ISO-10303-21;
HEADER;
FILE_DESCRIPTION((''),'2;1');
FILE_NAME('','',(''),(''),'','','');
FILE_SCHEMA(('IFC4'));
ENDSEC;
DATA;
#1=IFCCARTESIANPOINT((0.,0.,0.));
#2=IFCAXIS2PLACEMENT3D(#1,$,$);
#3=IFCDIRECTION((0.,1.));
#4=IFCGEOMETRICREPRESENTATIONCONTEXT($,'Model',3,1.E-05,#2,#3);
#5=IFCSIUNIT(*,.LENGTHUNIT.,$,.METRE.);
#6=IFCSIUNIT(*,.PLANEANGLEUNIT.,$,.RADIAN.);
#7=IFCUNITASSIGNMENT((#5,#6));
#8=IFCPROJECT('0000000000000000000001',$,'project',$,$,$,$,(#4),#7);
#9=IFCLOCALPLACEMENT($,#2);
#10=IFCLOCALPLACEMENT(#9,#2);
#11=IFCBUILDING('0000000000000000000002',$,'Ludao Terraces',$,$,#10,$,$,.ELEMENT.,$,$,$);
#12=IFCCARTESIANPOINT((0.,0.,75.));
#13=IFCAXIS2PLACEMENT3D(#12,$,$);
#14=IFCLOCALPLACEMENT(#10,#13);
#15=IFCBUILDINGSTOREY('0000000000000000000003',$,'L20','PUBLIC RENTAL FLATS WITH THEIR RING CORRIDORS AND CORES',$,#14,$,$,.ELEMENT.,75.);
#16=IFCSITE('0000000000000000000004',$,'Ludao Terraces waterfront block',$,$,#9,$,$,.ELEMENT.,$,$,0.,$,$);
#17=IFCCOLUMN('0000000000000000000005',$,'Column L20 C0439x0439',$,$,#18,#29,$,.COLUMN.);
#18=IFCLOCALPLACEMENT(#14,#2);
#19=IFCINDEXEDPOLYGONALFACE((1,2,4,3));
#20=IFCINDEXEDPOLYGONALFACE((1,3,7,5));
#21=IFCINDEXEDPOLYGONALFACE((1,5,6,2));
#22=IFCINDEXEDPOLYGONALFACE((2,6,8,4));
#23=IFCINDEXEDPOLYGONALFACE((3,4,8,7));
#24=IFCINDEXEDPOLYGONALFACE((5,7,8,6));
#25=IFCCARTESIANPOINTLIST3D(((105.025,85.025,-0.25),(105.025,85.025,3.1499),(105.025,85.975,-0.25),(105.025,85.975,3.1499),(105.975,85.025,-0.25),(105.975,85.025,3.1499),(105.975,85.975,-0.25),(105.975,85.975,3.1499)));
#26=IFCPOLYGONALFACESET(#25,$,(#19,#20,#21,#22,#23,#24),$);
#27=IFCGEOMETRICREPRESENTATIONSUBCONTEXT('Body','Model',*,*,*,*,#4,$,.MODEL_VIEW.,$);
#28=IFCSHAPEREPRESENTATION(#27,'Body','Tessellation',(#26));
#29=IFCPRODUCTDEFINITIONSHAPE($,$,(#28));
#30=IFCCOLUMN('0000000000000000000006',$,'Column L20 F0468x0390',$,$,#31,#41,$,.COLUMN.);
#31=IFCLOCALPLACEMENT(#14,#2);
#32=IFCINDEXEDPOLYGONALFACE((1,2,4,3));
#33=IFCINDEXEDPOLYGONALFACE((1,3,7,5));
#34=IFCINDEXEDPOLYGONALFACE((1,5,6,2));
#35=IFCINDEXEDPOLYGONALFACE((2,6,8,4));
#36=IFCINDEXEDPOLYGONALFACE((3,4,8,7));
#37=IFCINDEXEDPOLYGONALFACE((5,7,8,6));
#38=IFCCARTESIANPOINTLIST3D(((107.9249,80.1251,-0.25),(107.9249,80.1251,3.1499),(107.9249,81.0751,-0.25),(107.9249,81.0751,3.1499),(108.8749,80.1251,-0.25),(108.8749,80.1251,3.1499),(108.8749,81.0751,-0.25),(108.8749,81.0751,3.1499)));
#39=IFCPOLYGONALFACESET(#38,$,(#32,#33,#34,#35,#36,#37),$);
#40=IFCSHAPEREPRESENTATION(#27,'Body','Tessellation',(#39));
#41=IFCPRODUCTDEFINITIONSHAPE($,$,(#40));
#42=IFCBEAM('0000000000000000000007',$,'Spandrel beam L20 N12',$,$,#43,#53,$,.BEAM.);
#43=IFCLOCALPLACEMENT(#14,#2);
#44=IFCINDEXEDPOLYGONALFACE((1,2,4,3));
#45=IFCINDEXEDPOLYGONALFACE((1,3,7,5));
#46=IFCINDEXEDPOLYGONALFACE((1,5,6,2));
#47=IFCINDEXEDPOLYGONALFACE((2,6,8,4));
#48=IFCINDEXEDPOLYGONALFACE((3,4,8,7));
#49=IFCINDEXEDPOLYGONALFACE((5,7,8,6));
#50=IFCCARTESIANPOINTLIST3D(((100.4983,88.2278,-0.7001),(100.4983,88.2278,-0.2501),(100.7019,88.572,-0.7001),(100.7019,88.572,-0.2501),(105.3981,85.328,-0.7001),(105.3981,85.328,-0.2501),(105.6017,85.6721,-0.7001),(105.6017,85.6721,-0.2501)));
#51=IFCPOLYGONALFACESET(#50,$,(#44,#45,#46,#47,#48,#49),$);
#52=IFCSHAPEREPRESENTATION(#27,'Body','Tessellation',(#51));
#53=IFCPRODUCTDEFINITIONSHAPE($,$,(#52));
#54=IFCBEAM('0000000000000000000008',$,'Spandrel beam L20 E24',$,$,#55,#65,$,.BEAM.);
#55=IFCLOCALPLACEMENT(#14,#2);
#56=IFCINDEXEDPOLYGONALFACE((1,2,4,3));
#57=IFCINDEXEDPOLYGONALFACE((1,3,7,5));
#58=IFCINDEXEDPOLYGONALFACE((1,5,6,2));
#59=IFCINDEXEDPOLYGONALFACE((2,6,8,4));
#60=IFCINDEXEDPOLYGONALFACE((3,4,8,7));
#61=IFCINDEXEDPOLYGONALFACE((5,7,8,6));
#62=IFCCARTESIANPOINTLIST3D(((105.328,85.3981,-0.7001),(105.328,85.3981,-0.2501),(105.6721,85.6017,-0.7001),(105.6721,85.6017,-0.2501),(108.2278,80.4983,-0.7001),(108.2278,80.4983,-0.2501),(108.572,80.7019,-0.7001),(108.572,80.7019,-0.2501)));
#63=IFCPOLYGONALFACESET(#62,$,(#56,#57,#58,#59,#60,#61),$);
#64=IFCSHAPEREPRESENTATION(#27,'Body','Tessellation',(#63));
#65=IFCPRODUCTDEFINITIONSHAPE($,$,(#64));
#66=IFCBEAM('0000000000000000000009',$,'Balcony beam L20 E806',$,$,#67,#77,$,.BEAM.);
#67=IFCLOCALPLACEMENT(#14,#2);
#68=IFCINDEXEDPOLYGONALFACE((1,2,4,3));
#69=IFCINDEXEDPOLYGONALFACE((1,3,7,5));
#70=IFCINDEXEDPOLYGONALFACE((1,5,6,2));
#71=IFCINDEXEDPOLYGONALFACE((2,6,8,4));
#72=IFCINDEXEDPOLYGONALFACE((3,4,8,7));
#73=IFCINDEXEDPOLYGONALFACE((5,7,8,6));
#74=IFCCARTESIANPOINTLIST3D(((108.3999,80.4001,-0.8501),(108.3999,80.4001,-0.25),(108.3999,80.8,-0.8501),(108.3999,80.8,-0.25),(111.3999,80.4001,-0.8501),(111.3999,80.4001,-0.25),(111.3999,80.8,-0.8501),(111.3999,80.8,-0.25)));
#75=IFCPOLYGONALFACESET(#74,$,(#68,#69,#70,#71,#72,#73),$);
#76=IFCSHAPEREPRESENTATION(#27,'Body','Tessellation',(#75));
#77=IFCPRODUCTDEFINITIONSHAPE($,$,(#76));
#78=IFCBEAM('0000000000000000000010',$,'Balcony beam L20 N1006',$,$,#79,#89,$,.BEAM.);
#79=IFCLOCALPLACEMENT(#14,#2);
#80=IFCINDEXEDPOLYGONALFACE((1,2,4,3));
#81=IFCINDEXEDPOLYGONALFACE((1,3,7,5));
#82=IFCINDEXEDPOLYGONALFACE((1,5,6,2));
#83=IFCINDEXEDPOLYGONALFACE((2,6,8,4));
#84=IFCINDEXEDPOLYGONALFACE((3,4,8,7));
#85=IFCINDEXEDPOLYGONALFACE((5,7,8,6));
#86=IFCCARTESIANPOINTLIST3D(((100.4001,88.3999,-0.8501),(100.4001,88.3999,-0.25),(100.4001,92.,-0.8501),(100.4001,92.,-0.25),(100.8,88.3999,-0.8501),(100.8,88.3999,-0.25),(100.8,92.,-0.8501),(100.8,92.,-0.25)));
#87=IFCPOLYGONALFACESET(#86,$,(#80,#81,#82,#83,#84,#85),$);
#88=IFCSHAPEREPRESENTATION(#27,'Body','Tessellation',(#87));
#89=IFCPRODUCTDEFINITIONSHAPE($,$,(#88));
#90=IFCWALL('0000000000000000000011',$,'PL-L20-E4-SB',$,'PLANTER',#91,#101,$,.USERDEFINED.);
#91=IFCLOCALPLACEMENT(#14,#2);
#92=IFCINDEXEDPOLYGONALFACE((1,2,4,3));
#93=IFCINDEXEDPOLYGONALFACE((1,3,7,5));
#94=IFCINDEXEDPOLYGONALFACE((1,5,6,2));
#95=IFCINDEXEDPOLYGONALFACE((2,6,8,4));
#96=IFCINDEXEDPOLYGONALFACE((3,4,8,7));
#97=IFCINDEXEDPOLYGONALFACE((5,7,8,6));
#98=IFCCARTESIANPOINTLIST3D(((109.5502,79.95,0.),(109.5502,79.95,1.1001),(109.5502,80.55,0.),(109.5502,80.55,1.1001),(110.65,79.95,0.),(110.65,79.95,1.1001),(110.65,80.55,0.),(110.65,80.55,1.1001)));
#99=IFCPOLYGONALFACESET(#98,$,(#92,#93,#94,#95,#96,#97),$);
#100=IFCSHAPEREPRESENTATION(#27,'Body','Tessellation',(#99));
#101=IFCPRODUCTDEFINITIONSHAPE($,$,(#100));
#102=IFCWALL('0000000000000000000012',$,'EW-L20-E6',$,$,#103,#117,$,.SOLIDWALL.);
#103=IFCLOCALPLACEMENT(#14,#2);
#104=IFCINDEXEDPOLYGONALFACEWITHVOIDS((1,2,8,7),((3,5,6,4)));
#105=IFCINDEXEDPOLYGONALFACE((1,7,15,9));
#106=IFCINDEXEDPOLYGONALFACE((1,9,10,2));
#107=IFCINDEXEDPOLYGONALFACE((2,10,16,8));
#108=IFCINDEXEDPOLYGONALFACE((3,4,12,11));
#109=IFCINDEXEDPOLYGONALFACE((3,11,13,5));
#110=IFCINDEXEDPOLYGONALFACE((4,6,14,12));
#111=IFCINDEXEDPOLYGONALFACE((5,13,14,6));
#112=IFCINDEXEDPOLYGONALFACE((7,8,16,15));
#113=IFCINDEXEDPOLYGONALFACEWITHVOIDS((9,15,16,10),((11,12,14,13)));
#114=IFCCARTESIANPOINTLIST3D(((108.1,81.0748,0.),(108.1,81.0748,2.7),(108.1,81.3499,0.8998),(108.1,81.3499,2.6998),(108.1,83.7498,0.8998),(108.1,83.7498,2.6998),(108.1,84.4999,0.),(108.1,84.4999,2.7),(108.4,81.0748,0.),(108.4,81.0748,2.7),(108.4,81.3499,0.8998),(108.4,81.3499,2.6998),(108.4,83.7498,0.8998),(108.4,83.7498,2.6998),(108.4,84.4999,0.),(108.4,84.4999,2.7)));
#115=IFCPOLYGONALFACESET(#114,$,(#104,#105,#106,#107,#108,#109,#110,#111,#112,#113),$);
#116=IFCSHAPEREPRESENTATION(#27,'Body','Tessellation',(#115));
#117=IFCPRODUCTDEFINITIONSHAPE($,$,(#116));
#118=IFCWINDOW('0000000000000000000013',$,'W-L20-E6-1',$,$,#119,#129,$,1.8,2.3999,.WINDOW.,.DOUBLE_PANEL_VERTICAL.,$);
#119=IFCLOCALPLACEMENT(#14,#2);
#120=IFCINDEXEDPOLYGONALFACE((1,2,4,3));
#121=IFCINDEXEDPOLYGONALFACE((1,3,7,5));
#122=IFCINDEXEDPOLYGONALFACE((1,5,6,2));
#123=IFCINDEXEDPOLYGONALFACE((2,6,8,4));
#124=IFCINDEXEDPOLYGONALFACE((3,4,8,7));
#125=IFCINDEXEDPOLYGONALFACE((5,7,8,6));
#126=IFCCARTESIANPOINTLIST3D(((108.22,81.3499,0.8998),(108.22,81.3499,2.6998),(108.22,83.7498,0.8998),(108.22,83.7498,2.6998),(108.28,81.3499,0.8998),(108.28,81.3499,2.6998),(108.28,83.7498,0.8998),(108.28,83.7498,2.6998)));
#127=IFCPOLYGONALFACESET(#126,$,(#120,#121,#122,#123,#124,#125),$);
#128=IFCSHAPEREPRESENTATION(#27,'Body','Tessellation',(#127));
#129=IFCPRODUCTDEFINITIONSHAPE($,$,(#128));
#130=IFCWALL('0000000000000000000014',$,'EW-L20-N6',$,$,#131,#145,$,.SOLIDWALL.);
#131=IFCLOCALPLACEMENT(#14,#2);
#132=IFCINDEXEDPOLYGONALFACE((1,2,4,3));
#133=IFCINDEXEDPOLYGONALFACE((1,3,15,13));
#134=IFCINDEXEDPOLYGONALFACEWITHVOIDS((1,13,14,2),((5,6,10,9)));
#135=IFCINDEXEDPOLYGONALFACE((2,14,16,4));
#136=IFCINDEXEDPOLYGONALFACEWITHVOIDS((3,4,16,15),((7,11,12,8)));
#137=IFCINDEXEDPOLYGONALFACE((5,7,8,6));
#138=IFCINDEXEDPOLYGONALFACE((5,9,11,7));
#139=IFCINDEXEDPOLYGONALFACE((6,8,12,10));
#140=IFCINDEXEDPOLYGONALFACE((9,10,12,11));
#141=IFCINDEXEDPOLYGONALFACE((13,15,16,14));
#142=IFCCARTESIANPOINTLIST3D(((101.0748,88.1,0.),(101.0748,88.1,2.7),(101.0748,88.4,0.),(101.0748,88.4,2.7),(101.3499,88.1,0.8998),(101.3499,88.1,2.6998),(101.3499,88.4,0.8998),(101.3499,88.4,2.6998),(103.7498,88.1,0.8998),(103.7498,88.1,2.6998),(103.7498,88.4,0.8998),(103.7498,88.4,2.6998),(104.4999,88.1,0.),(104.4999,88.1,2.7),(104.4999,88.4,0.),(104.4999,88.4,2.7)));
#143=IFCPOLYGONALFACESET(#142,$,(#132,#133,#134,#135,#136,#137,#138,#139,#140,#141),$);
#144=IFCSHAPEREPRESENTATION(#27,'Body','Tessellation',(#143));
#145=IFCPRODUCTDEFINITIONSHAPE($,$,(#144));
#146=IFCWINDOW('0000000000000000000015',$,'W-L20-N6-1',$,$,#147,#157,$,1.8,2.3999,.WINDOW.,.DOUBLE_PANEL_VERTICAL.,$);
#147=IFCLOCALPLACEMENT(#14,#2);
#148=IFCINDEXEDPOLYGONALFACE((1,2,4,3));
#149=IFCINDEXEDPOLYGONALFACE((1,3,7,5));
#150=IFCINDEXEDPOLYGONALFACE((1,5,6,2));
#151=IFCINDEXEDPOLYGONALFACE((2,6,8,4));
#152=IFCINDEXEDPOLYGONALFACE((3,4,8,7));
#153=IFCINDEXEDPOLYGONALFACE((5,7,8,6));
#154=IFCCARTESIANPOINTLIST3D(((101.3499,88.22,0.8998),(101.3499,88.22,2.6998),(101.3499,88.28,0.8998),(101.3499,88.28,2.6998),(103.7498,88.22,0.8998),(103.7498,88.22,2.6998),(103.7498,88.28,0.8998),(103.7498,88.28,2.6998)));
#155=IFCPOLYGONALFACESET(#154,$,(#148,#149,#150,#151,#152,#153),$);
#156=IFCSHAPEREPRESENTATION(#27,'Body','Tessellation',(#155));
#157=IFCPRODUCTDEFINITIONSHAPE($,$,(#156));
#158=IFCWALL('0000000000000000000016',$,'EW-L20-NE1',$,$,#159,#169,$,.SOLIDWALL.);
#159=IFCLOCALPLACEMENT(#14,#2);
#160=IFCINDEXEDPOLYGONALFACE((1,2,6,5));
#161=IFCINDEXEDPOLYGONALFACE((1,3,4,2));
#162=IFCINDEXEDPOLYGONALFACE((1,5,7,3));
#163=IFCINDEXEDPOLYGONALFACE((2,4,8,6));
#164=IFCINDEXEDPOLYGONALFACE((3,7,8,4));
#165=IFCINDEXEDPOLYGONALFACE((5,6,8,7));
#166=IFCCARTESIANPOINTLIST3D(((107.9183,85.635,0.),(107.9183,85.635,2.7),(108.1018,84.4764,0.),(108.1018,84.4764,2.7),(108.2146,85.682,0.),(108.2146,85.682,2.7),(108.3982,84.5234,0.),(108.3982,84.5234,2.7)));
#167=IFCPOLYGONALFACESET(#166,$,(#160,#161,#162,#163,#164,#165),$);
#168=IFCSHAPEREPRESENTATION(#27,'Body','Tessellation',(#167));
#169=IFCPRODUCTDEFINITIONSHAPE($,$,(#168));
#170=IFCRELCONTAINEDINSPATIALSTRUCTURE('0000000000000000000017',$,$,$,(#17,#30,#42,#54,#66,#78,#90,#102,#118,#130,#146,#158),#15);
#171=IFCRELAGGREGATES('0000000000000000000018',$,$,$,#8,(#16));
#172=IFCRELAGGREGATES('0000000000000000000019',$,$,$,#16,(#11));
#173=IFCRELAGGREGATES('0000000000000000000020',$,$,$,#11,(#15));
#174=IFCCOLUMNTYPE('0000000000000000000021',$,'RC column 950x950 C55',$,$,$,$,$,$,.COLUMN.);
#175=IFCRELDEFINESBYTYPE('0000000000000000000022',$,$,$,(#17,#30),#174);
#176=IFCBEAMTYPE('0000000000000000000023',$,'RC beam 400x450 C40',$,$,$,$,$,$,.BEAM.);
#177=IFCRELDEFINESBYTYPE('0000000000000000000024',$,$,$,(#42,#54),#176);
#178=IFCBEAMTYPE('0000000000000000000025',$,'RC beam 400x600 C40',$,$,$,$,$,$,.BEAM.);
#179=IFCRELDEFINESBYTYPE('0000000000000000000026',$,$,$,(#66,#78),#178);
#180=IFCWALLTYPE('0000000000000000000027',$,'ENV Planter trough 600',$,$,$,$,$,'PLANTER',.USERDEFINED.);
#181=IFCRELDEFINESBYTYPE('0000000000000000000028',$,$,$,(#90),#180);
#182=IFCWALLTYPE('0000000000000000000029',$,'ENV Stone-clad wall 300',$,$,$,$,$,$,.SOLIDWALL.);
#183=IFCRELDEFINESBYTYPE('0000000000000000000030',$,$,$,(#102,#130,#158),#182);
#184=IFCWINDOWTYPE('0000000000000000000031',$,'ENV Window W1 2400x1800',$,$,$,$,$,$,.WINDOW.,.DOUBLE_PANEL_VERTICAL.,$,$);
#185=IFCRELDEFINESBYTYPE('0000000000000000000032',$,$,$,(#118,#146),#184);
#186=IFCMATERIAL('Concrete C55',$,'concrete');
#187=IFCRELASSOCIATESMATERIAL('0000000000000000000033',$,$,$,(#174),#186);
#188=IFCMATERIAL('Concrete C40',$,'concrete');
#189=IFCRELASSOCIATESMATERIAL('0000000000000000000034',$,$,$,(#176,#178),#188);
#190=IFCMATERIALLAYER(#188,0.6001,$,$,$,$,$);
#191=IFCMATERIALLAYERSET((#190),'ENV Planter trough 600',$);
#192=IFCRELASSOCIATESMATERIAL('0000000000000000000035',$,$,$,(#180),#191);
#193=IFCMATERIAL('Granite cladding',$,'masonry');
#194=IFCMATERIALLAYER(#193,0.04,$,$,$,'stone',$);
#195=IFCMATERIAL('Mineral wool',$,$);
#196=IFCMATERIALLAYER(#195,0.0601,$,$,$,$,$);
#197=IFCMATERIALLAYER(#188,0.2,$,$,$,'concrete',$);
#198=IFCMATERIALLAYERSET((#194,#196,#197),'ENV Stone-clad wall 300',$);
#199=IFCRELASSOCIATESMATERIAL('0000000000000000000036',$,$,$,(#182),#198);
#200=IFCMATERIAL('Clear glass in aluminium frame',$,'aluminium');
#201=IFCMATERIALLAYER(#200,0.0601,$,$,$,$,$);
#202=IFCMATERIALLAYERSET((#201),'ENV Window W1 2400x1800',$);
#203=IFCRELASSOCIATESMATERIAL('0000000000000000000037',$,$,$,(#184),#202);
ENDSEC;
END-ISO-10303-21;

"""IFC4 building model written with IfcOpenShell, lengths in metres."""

from ifc_helpers import new_model, si_unit, direction, frame, frame_2d, origin, origin_2d, place, context, subcontext, project, spatial, rectangle, extrude, material, layer, layer_set, material_profile, profile_set, type_object, element, fill, save


model = new_model("IFC4")

# Units and contexts
model_context = context("Model", 3, precision=1e-05, world=origin(), true_north=direction((0.0, 1.0)))
body_context = subcontext(model_context, "Body", "Model", "MODEL_VIEW")
ifc_project = project(units=[si_unit("LENGTHUNIT", "METRE"), si_unit("PLANEANGLEUNIT", "RADIAN")], contexts=[model_context])

# Site, building, storey
site_placement = place(None, origin())
site = spatial("IfcSite", under=ifc_project, at=site_placement, Name="Ludao Terraces waterfront block", CompositionType="ELEMENT", RefElevation=0.0)
building_placement = place(site_placement, origin())
building = spatial("IfcBuilding", under=site, at=building_placement, Name="Ludao Terraces", CompositionType="ELEMENT")
storey_placement = place(building_placement, frame((0.0, 0.0, 75.0)))
storey = spatial("IfcBuildingStorey", under=building, at=storey_placement, Name="L20", Description="PUBLIC RENTAL FLATS WITH THEIR RING CORRIDORS AND CORES", CompositionType="ELEMENT", Elevation=75.0)

# Columns
ifc_material_1 = material(Name="Concrete C55", Category="concrete")
ifc_material_profile_1 = material_profile(ifc_material_1, rectangle(XDim=0.95, YDim=0.95, at=origin_2d()), Name="950 X 950")
ifc_profile_set_1 = profile_set([ifc_material_profile_1], Name="Concrete C55")
column_type = type_object("IfcColumnType", Name="RC column 950x950 C55", PredefinedType="COLUMN", material=ifc_profile_set_1)
for number, where, z_axis, x_axis, name in (
    (1, (105.5, 85.5, -0.25), (0.0, 0.0, 1.0), (1.0, 0.0, 0.0), "Column L20 C0439x0439"),
    (2, (108.3999, 80.6001, -0.25), (0.0, 0.0, 1.0), (1.0, 0.0, 0.0), "Column L20 F0468x0390"),
):
    element("IfcColumn", number, at=place(storey_placement, frame(where, z_axis=z_axis, x_axis=x_axis)), inside=storey, type_object=column_type, Name=name, PredefinedType="COLUMN", context=body_context, shape_type="SweptSolid", body=[
        extrude(rectangle(XDim=0.95, YDim=0.95, at=origin_2d()), origin(), (0.0, 0.0, 1.0), 3.3999),
    ])

# Beams
ifc_material_2 = material(Name="Concrete C40", Category="concrete")
ifc_material_profile_2 = material_profile(ifc_material_2, rectangle(XDim=0.3999, YDim=0.45, at=origin_2d()), Name="400 X 450")
ifc_profile_set_2 = profile_set([ifc_material_profile_2], Name="Concrete C40")
beam_type_1 = type_object("IfcBeamType", Name="RC beam 400x450 C40", PredefinedType="BEAM", material=ifc_profile_set_2)
for number, where, z_axis, x_axis, name in (
    (3, (100.6001, 88.3999, -0.4751), (0.86058, -0.509316, 0.0), (0.509316, 0.86058, 0.0), "Spandrel beam L20 N12"),
    (4, (108.3999, 80.6001, -0.4751), (-0.509316, 0.86058, 0.0), (-0.86058, -0.509316, 0.0), "Spandrel beam L20 E24"),
):
    element("IfcBeam", number, at=place(storey_placement, frame(where, z_axis=z_axis, x_axis=x_axis)), inside=storey, type_object=beam_type_1, Name=name, PredefinedType="BEAM", context=body_context, shape_type="SweptSolid", body=[
        extrude(rectangle(XDim=0.3999, YDim=0.45, at=origin_2d()), origin(), (0.0, 0.0, 1.0), 5.6936),
    ])
ifc_material_profile_3 = material_profile(ifc_material_2, rectangle(XDim=0.3999, YDim=0.6001, at=origin_2d()), Name="400 X 600")
ifc_profile_set_3 = profile_set([ifc_material_profile_3], Name="Concrete C40")
beam_type_2 = type_object("IfcBeamType", Name="RC beam 400x600 C40", PredefinedType="BEAM", material=ifc_profile_set_3)
beam_1_placement = place(storey_placement, frame((108.3999, 80.6001, -0.55), z_axis=(1.0, 0.0, 0.0), x_axis=(0.0, 1.0, 0.0)))
element("IfcBeam", 5, at=beam_1_placement, inside=storey, type_object=beam_type_2, Name="Balcony beam L20 E806", PredefinedType="BEAM", context=body_context, shape_type="SweptSolid", body=[
    extrude(rectangle(XDim=0.3999, YDim=0.6001, at=origin_2d()), origin(), (0.0, 0.0, 1.0), 3.0),
])
beam_2_placement = place(storey_placement, frame((100.6001, 88.3999, -0.55), z_axis=(0.0, 1.0, 0.0), x_axis=(-1.0, 0.0, 0.0)))
element("IfcBeam", 6, at=beam_2_placement, inside=storey, type_object=beam_type_2, Name="Balcony beam L20 N1006", PredefinedType="BEAM", context=body_context, shape_type="SweptSolid", body=[
    extrude(rectangle(XDim=0.3999, YDim=0.6001, at=origin_2d()), origin(), (0.0, 0.0, 1.0), 3.6001),
])

# Wall
ifc_layer_1 = layer(ifc_material_2, 0.6001)
ifc_layer_set_1 = layer_set([ifc_layer_1], Name="ENV Planter trough 600")
wall_type_1 = type_object("IfcWallType", Name="ENV Planter trough 600", ElementType="PLANTER", PredefinedType="USERDEFINED", material=ifc_layer_set_1)
wall_1_placement = place(storey_placement, frame((110.6499, 80.25, 0.0), z_axis=(0.0, 0.0, 1.0), x_axis=(-1.0, 0.0, 0.0)))
element("IfcWall", 7, at=wall_1_placement, inside=storey, type_object=wall_type_1, Name="PL-L20-E4-SB", ObjectType="PLANTER", PredefinedType="USERDEFINED", context=body_context, shape_type="SweptSolid", body=[
    extrude(rectangle(XDim=1.0999, YDim=0.6001, at=frame_2d((0.5498, 0.0))), origin(), (0.0, 0.0, 1.0), 1.1001),
])

# Walls, openings, windows
ifc_material_3 = material(Name="Granite cladding", Category="masonry")
ifc_layer_2 = layer(ifc_material_3, 0.04, Category="stone")
ifc_material_4 = material(Name="Mineral wool")
ifc_layer_3 = layer(ifc_material_4, 0.0601)
ifc_layer_4 = layer(ifc_material_2, 0.2, Category="concrete")
ifc_layer_set_2 = layer_set([ifc_layer_2, ifc_layer_3, ifc_layer_4], Name="ENV Stone-clad wall 300")
wall_type_2 = type_object("IfcWallType", Name="ENV Stone-clad wall 300", PredefinedType="SOLIDWALL", material=ifc_layer_set_2)
wall_2_placement = place(storey_placement, frame((108.25, 81.075, 0.0), z_axis=(0.0, 0.0, 1.0), x_axis=(0.0, 1.0, 0.0)))
wall_2 = element("IfcWall", 8, at=wall_2_placement, inside=storey, type_object=wall_type_2, Name="EW-L20-E6", PredefinedType="SOLIDWALL", context=body_context, shape_type="SweptSolid", body=[
    extrude(rectangle(XDim=3.425, YDim=0.3, at=frame_2d((1.7124, 0.0))), origin(), (0.0, 0.0, 1.0), 2.7),
])
opening_1_placement = place(wall_2_placement, frame((0.2749, 0.0, 0.8999)))
opening_1 = element("IfcOpeningElement", 9, at=opening_1_placement, cuts=wall_2, PredefinedType="OPENING", context=body_context, shape_type="SweptSolid", body=[
    extrude(rectangle(XDim=2.3999, YDim=1.8, at=frame_2d((1.2, 0.8999))), frame((0.0, 0.1602, 0.0), z_axis=(0.0, -1.0, 0.0), x_axis=(1.0, 0.0, 0.0)), (0.0, 0.0, 1.0), 0.3201),
])
ifc_material_5 = material(Name="Clear glass in aluminium frame", Category="aluminium")
ifc_layer_5 = layer(ifc_material_5, 0.0601)
ifc_layer_set_3 = layer_set([ifc_layer_5], Name="ENV Window W1 2400x1800")
window_type_1 = type_object("IfcWindowType", Name="ENV Window W1 2400x1800", PartitioningType="DOUBLE_PANEL_VERTICAL", PredefinedType="WINDOW", material=ifc_layer_set_3)
window_1_placement = place(opening_1_placement, origin())
window_1 = element("IfcWindow", 10, at=window_1_placement, inside=storey, type_object=window_type_1, Name="W-L20-E6-1", OverallHeight=1.8, OverallWidth=2.3999, PartitioningType="DOUBLE_PANEL_VERTICAL", PredefinedType="WINDOW", context=body_context, shape_type="SweptSolid", body=[
    extrude(rectangle(XDim=2.3999, YDim=1.8, at=frame_2d((1.2, 0.8999))), frame((0.0, 0.03, 0.0), z_axis=(0.0, -1.0, 0.0), x_axis=(1.0, 0.0, 0.0)), (0.0, 0.0, 1.0), 0.0601),
])
fill(opening_1, window_1)
wall_3_placement = place(storey_placement, frame((101.075, 88.25, 0.0), z_axis=(0.0, 0.0, 1.0), x_axis=(1.0, 0.0, 0.0)))
wall_3 = element("IfcWall", 11, at=wall_3_placement, inside=storey, type_object=wall_type_2, Name="EW-L20-N6", PredefinedType="SOLIDWALL", context=body_context, shape_type="SweptSolid", body=[
    extrude(rectangle(XDim=3.425, YDim=0.3, at=frame_2d((1.7124, 0.0))), origin(), (0.0, 0.0, 1.0), 2.7),
])
opening_2_placement = place(wall_3_placement, frame((0.2749, 0.0, 0.8999)))
opening_2 = element("IfcOpeningElement", 12, at=opening_2_placement, cuts=wall_3, PredefinedType="OPENING", context=body_context, shape_type="SweptSolid", body=[
    extrude(rectangle(XDim=2.3999, YDim=1.8, at=frame_2d((1.2, 0.8999))), frame((0.0, 0.1602, 0.0), z_axis=(0.0, -1.0, 0.0), x_axis=(1.0, 0.0, 0.0)), (0.0, 0.0, 1.0), 0.3201),
])
window_2_placement = place(opening_2_placement, origin())
window_2 = element("IfcWindow", 13, at=window_2_placement, inside=storey, type_object=window_type_1, Name="W-L20-N6-1", OverallHeight=1.8, OverallWidth=2.3999, PartitioningType="DOUBLE_PANEL_VERTICAL", PredefinedType="WINDOW", context=body_context, shape_type="SweptSolid", body=[
    extrude(rectangle(XDim=2.3999, YDim=1.8, at=frame_2d((1.2, 0.8999))), frame((0.0, 0.03, 0.0), z_axis=(0.0, -1.0, 0.0), x_axis=(1.0, 0.0, 0.0)), (0.0, 0.0, 1.0), 0.0601),
])
fill(opening_2, window_2)

# Wall
wall_4_placement = place(storey_placement, frame((108.25, 84.5, 0.0), z_axis=(0.0, 0.0, 1.0), x_axis=(-0.156497, 0.987678, 0.0)))
element("IfcWall", 14, at=wall_4_placement, inside=storey, type_object=wall_type_2, Name="EW-L20-NE1", PredefinedType="SOLIDWALL", context=body_context, shape_type="SweptSolid", body=[
    extrude(rectangle(XDim=1.1731, YDim=0.3, at=frame_2d((0.5864, 0.0))), origin(), (0.0, 0.0, 1.0), 2.7),
])

save(model, "model.ifc")
